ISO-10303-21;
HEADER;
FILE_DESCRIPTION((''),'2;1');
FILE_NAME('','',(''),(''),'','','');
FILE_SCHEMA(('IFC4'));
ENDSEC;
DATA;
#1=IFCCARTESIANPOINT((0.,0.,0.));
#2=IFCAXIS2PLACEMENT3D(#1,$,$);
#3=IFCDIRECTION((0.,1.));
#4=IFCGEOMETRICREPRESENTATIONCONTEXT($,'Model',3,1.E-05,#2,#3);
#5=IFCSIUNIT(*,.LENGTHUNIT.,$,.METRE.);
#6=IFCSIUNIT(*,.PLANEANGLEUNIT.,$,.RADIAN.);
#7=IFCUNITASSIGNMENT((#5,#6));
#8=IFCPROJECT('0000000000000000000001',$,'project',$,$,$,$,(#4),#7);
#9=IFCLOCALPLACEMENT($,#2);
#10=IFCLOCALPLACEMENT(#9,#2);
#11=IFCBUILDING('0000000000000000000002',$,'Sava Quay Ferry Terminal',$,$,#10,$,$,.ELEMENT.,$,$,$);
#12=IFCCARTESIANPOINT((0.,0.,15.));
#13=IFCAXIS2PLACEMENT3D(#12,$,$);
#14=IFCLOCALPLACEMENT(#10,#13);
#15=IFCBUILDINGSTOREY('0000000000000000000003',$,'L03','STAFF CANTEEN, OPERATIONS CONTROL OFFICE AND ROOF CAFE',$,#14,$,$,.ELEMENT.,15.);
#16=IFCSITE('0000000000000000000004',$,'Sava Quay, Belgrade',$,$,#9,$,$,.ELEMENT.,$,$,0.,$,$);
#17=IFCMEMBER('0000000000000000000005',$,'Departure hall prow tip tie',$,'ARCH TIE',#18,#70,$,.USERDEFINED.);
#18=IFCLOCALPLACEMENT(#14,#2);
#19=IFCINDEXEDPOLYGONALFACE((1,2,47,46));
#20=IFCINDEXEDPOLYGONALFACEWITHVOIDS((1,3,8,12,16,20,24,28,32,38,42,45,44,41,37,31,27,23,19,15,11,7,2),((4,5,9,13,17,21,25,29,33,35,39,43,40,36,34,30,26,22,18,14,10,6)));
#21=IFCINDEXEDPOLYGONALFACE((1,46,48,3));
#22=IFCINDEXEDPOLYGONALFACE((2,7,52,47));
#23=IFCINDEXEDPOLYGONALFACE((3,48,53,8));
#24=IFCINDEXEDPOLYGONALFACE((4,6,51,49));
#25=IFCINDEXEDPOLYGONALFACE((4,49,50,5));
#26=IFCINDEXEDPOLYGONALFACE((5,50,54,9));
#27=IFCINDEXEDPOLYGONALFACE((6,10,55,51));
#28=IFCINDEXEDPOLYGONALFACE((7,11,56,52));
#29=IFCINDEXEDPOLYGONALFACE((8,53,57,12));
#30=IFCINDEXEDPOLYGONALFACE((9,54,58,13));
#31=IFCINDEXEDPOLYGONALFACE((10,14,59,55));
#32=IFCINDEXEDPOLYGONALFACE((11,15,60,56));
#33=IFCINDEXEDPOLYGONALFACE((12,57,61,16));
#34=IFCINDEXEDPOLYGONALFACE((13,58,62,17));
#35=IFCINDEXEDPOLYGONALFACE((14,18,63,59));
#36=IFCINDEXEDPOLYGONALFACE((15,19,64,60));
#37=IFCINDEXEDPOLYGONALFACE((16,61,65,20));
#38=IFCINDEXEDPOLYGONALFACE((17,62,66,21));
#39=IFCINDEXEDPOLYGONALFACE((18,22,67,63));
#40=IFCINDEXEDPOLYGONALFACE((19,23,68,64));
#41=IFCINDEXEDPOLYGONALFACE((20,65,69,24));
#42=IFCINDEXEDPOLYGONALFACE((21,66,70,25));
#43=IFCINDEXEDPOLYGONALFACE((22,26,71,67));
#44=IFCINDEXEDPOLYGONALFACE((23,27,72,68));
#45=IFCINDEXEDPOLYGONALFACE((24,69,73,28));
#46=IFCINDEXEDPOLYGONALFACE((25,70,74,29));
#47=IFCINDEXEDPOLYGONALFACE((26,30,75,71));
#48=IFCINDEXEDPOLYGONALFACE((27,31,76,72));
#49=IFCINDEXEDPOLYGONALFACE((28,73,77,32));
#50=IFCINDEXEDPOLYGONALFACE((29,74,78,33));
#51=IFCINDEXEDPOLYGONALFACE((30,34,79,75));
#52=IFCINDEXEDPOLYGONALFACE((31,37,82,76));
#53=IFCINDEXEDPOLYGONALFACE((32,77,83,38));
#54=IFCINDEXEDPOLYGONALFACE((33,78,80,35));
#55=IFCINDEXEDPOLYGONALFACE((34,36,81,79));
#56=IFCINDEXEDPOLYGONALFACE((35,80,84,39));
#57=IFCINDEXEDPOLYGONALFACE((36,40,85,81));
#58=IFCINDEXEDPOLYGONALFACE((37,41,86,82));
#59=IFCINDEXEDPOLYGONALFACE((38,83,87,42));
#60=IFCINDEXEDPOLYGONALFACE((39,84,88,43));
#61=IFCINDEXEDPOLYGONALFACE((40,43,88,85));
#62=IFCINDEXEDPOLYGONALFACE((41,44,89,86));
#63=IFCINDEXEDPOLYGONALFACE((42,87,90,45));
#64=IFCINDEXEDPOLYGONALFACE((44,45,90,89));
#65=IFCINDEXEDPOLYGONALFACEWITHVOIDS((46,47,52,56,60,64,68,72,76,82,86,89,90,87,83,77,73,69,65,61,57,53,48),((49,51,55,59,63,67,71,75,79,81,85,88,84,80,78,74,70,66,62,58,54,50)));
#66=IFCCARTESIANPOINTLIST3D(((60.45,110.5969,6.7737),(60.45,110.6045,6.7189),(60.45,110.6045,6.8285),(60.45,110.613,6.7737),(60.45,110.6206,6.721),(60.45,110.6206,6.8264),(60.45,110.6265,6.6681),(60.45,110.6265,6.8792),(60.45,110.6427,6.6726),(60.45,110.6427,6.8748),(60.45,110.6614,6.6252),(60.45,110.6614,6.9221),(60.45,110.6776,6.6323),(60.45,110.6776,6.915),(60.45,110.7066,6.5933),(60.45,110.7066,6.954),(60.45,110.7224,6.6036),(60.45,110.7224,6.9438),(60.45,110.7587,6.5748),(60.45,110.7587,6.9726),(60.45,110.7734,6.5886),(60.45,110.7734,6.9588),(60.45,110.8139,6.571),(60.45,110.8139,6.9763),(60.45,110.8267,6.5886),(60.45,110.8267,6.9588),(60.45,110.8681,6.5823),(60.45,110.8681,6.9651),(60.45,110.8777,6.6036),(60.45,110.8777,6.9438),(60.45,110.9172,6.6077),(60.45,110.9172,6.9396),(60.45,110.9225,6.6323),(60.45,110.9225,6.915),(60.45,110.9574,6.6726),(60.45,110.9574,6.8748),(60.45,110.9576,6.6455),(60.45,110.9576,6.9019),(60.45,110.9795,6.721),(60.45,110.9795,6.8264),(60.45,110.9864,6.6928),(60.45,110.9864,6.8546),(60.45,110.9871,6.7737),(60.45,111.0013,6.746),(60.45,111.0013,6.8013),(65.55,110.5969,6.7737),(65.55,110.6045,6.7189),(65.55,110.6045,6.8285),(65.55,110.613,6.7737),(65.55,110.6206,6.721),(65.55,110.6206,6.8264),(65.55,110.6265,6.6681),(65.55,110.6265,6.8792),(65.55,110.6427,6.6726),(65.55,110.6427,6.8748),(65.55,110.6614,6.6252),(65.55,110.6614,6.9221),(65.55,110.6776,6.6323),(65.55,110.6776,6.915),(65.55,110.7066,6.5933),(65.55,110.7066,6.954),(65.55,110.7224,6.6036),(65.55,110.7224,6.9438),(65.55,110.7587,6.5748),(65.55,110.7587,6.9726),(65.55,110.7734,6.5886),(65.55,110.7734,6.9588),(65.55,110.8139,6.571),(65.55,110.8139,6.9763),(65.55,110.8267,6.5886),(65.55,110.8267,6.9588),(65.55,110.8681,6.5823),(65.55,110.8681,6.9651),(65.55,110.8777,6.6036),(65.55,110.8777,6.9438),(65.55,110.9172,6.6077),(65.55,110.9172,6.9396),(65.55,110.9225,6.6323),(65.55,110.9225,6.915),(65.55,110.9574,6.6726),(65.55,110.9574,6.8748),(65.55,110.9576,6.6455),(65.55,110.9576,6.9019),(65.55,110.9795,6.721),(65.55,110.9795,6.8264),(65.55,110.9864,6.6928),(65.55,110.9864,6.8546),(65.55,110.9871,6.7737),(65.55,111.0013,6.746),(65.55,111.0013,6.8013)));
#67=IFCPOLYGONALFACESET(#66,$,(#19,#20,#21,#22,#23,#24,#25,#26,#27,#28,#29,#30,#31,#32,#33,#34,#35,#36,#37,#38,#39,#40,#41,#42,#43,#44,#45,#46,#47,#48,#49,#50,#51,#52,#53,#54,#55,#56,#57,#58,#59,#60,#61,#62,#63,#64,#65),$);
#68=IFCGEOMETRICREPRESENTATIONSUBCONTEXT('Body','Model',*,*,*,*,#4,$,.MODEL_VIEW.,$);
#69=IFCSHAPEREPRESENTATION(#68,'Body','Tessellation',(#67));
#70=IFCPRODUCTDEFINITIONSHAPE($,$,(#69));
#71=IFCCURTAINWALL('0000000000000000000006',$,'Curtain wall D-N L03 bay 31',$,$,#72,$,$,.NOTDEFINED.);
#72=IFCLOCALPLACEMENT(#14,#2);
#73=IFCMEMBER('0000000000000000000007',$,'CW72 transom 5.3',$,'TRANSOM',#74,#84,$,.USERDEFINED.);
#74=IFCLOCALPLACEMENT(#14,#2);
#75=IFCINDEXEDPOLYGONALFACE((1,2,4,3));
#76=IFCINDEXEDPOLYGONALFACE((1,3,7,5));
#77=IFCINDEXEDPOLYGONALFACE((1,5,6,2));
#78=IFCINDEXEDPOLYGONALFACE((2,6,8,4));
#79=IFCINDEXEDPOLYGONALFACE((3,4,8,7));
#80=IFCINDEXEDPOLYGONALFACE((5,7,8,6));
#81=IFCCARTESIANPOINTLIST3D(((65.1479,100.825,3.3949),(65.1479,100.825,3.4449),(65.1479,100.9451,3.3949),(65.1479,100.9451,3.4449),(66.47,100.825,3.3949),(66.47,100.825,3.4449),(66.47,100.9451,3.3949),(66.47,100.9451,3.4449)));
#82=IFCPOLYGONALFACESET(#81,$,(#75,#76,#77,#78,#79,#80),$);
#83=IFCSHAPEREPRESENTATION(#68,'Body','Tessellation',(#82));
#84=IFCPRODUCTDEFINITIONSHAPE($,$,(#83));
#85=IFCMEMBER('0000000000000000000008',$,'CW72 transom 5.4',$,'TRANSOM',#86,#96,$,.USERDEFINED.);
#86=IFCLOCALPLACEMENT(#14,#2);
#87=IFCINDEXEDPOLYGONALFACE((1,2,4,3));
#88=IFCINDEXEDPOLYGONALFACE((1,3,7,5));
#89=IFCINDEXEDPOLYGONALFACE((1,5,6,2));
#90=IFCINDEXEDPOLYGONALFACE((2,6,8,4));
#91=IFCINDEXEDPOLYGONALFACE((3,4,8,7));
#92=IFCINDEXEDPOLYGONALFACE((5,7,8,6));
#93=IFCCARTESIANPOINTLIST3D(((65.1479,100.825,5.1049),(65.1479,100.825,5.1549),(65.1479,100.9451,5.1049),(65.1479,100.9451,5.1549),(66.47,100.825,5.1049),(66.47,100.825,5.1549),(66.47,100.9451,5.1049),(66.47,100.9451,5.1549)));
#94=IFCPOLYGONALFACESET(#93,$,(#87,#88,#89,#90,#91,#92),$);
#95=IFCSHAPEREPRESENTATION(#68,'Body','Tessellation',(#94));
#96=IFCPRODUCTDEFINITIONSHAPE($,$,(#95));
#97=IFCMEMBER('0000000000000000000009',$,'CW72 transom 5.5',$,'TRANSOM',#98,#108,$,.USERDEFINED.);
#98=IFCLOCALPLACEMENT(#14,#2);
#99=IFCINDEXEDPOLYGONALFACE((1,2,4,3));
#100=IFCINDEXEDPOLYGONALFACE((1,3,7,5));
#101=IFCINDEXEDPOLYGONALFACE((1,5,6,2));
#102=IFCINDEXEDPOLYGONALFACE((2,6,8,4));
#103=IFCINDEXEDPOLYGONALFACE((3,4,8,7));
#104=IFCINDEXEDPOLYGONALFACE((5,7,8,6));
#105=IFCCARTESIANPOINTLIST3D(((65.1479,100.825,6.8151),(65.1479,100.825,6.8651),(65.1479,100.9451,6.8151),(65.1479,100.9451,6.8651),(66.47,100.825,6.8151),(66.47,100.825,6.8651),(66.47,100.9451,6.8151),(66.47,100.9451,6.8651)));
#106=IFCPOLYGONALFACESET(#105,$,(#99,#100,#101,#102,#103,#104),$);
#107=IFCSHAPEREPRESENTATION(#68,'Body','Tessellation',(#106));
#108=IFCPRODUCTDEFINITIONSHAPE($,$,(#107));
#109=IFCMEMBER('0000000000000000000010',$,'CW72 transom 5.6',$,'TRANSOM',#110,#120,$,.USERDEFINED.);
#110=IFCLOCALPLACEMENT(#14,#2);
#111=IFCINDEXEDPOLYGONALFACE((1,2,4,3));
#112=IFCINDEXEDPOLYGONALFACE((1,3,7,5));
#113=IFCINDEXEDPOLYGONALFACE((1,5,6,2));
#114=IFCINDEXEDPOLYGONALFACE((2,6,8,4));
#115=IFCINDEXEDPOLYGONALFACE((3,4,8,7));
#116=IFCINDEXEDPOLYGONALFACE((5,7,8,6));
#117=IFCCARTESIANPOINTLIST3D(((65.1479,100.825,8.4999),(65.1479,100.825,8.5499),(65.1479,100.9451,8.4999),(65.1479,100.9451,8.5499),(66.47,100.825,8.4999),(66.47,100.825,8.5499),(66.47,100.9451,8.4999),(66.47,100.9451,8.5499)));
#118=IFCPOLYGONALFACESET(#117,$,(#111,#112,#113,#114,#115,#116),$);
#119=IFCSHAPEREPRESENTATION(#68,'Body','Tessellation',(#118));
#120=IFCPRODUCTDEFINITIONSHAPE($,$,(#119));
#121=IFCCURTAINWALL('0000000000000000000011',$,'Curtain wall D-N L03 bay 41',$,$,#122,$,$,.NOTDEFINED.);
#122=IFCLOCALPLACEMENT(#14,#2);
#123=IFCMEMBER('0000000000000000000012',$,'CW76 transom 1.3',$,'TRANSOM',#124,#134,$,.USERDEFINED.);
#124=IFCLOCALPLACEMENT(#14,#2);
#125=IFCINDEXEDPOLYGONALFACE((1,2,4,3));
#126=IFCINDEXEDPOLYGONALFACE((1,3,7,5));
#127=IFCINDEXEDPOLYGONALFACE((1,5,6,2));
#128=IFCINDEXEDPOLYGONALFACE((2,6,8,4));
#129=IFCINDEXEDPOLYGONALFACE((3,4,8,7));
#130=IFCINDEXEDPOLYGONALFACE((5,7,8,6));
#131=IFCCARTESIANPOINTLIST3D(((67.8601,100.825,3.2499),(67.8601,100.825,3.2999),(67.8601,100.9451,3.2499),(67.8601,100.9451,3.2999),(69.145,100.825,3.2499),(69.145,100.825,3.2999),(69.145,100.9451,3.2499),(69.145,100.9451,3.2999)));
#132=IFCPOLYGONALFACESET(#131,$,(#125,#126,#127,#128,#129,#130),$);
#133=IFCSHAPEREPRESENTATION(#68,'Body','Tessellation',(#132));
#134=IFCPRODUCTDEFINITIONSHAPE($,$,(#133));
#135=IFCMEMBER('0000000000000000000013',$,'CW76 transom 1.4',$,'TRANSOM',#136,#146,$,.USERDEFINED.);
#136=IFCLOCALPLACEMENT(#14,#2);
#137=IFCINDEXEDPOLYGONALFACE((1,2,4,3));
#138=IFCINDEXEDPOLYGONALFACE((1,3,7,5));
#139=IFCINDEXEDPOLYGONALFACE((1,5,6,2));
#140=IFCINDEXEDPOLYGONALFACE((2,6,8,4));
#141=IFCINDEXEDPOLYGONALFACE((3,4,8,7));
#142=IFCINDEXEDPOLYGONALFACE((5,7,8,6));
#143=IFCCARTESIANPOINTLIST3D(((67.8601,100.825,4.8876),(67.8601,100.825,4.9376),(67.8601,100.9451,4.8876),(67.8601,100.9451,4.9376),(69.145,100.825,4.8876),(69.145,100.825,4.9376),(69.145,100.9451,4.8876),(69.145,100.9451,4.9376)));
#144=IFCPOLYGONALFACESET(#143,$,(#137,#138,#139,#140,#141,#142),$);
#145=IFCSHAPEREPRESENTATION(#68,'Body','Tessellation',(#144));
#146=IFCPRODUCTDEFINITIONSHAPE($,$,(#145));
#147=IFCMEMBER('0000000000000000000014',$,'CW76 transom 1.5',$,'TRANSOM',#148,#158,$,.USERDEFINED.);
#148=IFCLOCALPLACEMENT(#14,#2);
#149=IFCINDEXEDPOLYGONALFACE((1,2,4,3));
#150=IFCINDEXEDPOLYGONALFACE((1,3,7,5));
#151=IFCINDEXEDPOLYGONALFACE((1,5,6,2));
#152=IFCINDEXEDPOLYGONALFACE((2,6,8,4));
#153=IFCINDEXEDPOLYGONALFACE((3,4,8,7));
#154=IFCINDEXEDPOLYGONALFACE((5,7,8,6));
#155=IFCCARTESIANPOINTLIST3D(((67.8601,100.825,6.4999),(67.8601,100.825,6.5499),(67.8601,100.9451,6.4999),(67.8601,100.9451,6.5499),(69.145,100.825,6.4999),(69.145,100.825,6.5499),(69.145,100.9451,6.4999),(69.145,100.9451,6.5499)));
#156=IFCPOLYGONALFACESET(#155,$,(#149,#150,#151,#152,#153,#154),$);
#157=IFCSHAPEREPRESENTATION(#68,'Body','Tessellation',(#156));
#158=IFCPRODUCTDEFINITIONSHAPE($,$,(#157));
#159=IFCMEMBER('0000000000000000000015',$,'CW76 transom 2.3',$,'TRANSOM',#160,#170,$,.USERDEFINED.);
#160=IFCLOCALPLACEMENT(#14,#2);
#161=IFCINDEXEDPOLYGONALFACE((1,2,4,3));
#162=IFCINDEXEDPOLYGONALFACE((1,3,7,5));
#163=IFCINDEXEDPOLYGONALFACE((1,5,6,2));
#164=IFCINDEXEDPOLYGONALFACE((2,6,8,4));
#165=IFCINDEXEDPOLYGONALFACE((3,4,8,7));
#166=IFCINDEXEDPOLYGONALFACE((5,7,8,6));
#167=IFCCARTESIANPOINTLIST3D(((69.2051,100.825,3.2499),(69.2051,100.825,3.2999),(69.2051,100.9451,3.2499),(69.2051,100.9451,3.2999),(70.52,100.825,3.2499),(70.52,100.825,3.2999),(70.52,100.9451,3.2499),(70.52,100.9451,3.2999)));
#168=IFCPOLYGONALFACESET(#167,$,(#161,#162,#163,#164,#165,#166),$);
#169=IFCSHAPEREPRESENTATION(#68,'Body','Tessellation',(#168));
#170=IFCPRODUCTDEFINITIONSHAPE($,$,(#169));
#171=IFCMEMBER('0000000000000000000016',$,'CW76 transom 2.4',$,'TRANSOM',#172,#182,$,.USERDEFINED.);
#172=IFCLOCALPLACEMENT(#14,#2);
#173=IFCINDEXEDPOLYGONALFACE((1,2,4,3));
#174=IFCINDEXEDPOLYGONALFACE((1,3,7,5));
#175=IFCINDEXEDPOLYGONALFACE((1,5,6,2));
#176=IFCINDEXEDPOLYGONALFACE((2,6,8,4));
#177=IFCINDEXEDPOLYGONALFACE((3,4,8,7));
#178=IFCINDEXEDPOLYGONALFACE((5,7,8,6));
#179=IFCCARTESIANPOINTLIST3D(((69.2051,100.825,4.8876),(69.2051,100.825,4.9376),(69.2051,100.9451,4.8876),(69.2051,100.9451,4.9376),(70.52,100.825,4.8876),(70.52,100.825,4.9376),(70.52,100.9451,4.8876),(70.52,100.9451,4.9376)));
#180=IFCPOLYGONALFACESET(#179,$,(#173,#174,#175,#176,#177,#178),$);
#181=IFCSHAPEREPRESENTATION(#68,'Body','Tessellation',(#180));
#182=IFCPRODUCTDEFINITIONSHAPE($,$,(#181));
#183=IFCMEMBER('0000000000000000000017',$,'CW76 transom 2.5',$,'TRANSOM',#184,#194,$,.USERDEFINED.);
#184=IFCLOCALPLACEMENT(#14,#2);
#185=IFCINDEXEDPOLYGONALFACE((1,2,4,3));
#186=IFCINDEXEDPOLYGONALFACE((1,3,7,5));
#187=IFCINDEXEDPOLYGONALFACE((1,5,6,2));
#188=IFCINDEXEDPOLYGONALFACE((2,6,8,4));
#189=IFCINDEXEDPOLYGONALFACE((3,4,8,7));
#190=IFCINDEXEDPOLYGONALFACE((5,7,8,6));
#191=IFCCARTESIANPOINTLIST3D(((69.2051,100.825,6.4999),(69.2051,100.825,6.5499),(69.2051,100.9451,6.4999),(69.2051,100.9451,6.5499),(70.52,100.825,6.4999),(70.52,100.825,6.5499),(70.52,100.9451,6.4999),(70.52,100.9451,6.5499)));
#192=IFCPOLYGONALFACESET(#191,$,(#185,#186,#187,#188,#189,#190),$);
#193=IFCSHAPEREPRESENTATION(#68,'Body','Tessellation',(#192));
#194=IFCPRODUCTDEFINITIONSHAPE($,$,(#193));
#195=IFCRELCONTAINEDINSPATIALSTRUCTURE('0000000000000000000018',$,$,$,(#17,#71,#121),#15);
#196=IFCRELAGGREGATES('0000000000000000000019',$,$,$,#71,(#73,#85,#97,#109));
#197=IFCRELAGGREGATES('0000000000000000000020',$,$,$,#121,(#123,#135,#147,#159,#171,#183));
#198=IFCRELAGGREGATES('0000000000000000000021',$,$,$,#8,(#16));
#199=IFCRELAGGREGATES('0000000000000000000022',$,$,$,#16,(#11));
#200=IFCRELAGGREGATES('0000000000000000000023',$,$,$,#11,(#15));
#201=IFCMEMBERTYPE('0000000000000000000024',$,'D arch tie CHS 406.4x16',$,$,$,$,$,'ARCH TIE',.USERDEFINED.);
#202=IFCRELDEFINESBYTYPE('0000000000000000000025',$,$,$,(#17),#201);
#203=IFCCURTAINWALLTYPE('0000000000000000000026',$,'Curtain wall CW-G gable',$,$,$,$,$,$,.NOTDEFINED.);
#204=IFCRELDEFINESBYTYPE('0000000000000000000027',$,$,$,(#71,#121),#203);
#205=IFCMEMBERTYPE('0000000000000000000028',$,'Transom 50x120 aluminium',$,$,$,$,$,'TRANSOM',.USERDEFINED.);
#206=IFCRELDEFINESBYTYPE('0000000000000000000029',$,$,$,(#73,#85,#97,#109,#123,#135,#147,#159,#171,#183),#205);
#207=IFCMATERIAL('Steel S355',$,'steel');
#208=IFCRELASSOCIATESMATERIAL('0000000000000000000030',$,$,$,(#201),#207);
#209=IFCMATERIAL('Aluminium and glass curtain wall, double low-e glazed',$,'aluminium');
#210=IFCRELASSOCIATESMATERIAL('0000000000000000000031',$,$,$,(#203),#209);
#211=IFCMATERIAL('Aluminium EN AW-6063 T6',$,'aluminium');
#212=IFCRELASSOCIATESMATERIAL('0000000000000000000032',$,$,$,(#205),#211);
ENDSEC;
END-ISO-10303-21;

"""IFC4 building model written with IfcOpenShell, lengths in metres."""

from ifc_helpers import new_model, si_unit, direction, frame, origin, origin_2d, place, context, subcontext, project, spatial, rectangle, hollow_circle, extrude, material, material_profile, profile_set, type_object, element, aggregate, save


model = new_model("IFC4")

# Units and contexts
model_context = context("Model", 3, precision=1e-05, world=origin(), true_north=direction((0.0, 1.0)))
body_context = subcontext(model_context, "Body", "Model", "MODEL_VIEW")
ifc_project = project(units=[si_unit("LENGTHUNIT", "METRE"), si_unit("PLANEANGLEUNIT", "RADIAN")], contexts=[model_context])

# Site, building, storey
site_placement = place(None, origin())
site = spatial("IfcSite", under=ifc_project, at=site_placement, Name="Sava Quay, Belgrade", CompositionType="ELEMENT", RefElevation=0.0)
building_placement = place(site_placement, origin())
building = spatial("IfcBuilding", under=site, at=building_placement, Name="Sava Quay Ferry Terminal", CompositionType="ELEMENT")
storey_placement = place(building_placement, frame((0.0, 0.0, 15.0)))
storey = spatial("IfcBuildingStorey", under=building, at=storey_placement, Name="L03", Description="STAFF CANTEEN, OPERATIONS CONTROL OFFICE AND ROOF CAFE", CompositionType="ELEMENT", Elevation=15.0)

# Member
ifc_material_1 = material(Name="Steel S355", Category="steel")
ifc_material_profile_1 = material_profile(ifc_material_1, hollow_circle(Radius=0.2031, WallThickness=0.0161, at=origin_2d()), Name="CHS 406.4 x 16.0")
ifc_profile_set_1 = profile_set([ifc_material_profile_1], Name="Steel S355")
member_type_1 = type_object("IfcMemberType", Name="D arch tie CHS 406.4x16", ElementType="ARCH TIE", PredefinedType="USERDEFINED", material=ifc_profile_set_1)
member_1_placement = place(storey_placement, frame((65.55, 110.8, 6.7737), z_axis=(-1.0, 0.0, 0.0), x_axis=(0.0, -1.0, 0.0)))
element("IfcMember", 1, at=member_1_placement, inside=storey, type_object=member_type_1, Name="Departure hall prow tip tie", ObjectType="ARCH TIE", PredefinedType="USERDEFINED", context=body_context, shape_type="SweptSolid", body=[
    extrude(hollow_circle(Radius=0.2031, WallThickness=0.0161, at=origin_2d()), origin(), (0.0, 0.0, 1.0), 5.1001),
])

# Curtain walls, members
ifc_material_2 = material(Name="Aluminium and glass curtain wall, double low-e glazed", Category="aluminium")
curtain_wall_type = type_object("IfcCurtainWallType", Name="Curtain wall CW-G gable", PredefinedType="NOTDEFINED", material=ifc_material_2)
curtain_wall_1_placement = place(storey_placement, origin())
curtain_wall_1 = element("IfcCurtainWall", 2, at=curtain_wall_1_placement, inside=storey, type_object=curtain_wall_type, Name="Curtain wall D-N L03 bay 31", PredefinedType="NOTDEFINED")
ifc_material_3 = material(Name="Aluminium EN AW-6063 T6", Category="aluminium")
ifc_material_profile_2 = material_profile(ifc_material_3, rectangle(XDim=0.1201, YDim=0.05, at=origin_2d()), Name="Transom 50x120 aluminium")
ifc_profile_set_2 = profile_set([ifc_material_profile_2], Name="Aluminium EN AW-6063 T6")
member_type_2 = type_object("IfcMemberType", Name="Transom 50x120 aluminium", ElementType="TRANSOM", PredefinedType="USERDEFINED", material=ifc_profile_set_2)
member_2_placement = place(storey_placement, frame((65.1479, 100.885, 3.4199), z_axis=(1.0, 0.0, 0.0), x_axis=(0.0, 1.0, 0.0)))
member_2 = element("IfcMember", 3, at=member_2_placement, type_object=member_type_2, Name="CW72 transom 5.3", ObjectType="TRANSOM", PredefinedType="USERDEFINED", context=body_context, shape_type="SweptSolid", body=[
    extrude(rectangle(XDim=0.1201, YDim=0.05, at=origin_2d()), origin(), (0.0, 0.0, 1.0), 1.322),
])
member_3_placement = place(storey_placement, frame((65.1479, 100.885, 5.1299), z_axis=(1.0, 0.0, 0.0), x_axis=(0.0, 1.0, 0.0)))
member_3 = element("IfcMember", 4, at=member_3_placement, type_object=member_type_2, Name="CW72 transom 5.4", ObjectType="TRANSOM", PredefinedType="USERDEFINED", context=body_context, shape_type="SweptSolid", body=[
    extrude(rectangle(XDim=0.1201, YDim=0.05, at=origin_2d()), origin(), (0.0, 0.0, 1.0), 1.322),
])
member_4_placement = place(storey_placement, frame((65.1479, 100.885, 6.8401), z_axis=(1.0, 0.0, 0.0), x_axis=(0.0, 1.0, 0.0)))
member_4 = element("IfcMember", 5, at=member_4_placement, type_object=member_type_2, Name="CW72 transom 5.5", ObjectType="TRANSOM", PredefinedType="USERDEFINED", context=body_context, shape_type="SweptSolid", body=[
    extrude(rectangle(XDim=0.1201, YDim=0.05, at=origin_2d()), origin(), (0.0, 0.0, 1.0), 1.322),
])
member_5_placement = place(storey_placement, frame((65.1479, 100.885, 8.5249), z_axis=(1.0, 0.0, 0.0), x_axis=(0.0, 1.0, 0.0)))
member_5 = element("IfcMember", 6, at=member_5_placement, type_object=member_type_2, Name="CW72 transom 5.6", ObjectType="TRANSOM", PredefinedType="USERDEFINED", context=body_context, shape_type="SweptSolid", body=[
    extrude(rectangle(XDim=0.1201, YDim=0.05, at=origin_2d()), origin(), (0.0, 0.0, 1.0), 1.322),
])
curtain_wall_2_placement = place(storey_placement, origin())
curtain_wall_2 = element("IfcCurtainWall", 7, at=curtain_wall_2_placement, inside=storey, type_object=curtain_wall_type, Name="Curtain wall D-N L03 bay 41", PredefinedType="NOTDEFINED")
member_6_placement = place(storey_placement, frame((67.8601, 100.885, 3.2749), z_axis=(1.0, 0.0, 0.0), x_axis=(0.0, 1.0, 0.0)))
member_6 = element("IfcMember", 8, at=member_6_placement, type_object=member_type_2, Name="CW76 transom 1.3", ObjectType="TRANSOM", PredefinedType="USERDEFINED", context=body_context, shape_type="SweptSolid", body=[
    extrude(rectangle(XDim=0.1201, YDim=0.05, at=origin_2d()), origin(), (0.0, 0.0, 1.0), 1.2849),
])
member_7_placement = place(storey_placement, frame((67.8601, 100.885, 4.9126), z_axis=(1.0, 0.0, 0.0), x_axis=(0.0, 1.0, 0.0)))
member_7 = element("IfcMember", 9, at=member_7_placement, type_object=member_type_2, Name="CW76 transom 1.4", ObjectType="TRANSOM", PredefinedType="USERDEFINED", context=body_context, shape_type="SweptSolid", body=[
    extrude(rectangle(XDim=0.1201, YDim=0.05, at=origin_2d()), origin(), (0.0, 0.0, 1.0), 1.2849),
])
member_8_placement = place(storey_placement, frame((67.8601, 100.885, 6.5249), z_axis=(1.0, 0.0, 0.0), x_axis=(0.0, 1.0, 0.0)))
member_8 = element("IfcMember", 10, at=member_8_placement, type_object=member_type_2, Name="CW76 transom 1.5", ObjectType="TRANSOM", PredefinedType="USERDEFINED", context=body_context, shape_type="SweptSolid", body=[
    extrude(rectangle(XDim=0.1201, YDim=0.05, at=origin_2d()), origin(), (0.0, 0.0, 1.0), 1.2849),
])
member_9_placement = place(storey_placement, frame((69.2051, 100.885, 3.2749), z_axis=(1.0, 0.0, 0.0), x_axis=(0.0, 1.0, 0.0)))
member_9 = element("IfcMember", 11, at=member_9_placement, type_object=member_type_2, Name="CW76 transom 2.3", ObjectType="TRANSOM", PredefinedType="USERDEFINED", context=body_context, shape_type="SweptSolid", body=[
    extrude(rectangle(XDim=0.1201, YDim=0.05, at=origin_2d()), origin(), (0.0, 0.0, 1.0), 1.3149),
])
member_10_placement = place(storey_placement, frame((69.2051, 100.885, 4.9126), z_axis=(1.0, 0.0, 0.0), x_axis=(0.0, 1.0, 0.0)))
member_10 = element("IfcMember", 12, at=member_10_placement, type_object=member_type_2, Name="CW76 transom 2.4", ObjectType="TRANSOM", PredefinedType="USERDEFINED", context=body_context, shape_type="SweptSolid", body=[
    extrude(rectangle(XDim=0.1201, YDim=0.05, at=origin_2d()), origin(), (0.0, 0.0, 1.0), 1.3149),
])
member_11_placement = place(storey_placement, frame((69.2051, 100.885, 6.5249), z_axis=(1.0, 0.0, 0.0), x_axis=(0.0, 1.0, 0.0)))
member_11 = element("IfcMember", 13, at=member_11_placement, type_object=member_type_2, Name="CW76 transom 2.5", ObjectType="TRANSOM", PredefinedType="USERDEFINED", context=body_context, shape_type="SweptSolid", body=[
    extrude(rectangle(XDim=0.1201, YDim=0.05, at=origin_2d()), origin(), (0.0, 0.0, 1.0), 1.3149),
])

aggregate(curtain_wall_1, [member_2, member_3, member_4, member_5])
aggregate(curtain_wall_2, [member_6, member_7, member_8, member_9, member_10, member_11])

save(model, "model.ifc")
